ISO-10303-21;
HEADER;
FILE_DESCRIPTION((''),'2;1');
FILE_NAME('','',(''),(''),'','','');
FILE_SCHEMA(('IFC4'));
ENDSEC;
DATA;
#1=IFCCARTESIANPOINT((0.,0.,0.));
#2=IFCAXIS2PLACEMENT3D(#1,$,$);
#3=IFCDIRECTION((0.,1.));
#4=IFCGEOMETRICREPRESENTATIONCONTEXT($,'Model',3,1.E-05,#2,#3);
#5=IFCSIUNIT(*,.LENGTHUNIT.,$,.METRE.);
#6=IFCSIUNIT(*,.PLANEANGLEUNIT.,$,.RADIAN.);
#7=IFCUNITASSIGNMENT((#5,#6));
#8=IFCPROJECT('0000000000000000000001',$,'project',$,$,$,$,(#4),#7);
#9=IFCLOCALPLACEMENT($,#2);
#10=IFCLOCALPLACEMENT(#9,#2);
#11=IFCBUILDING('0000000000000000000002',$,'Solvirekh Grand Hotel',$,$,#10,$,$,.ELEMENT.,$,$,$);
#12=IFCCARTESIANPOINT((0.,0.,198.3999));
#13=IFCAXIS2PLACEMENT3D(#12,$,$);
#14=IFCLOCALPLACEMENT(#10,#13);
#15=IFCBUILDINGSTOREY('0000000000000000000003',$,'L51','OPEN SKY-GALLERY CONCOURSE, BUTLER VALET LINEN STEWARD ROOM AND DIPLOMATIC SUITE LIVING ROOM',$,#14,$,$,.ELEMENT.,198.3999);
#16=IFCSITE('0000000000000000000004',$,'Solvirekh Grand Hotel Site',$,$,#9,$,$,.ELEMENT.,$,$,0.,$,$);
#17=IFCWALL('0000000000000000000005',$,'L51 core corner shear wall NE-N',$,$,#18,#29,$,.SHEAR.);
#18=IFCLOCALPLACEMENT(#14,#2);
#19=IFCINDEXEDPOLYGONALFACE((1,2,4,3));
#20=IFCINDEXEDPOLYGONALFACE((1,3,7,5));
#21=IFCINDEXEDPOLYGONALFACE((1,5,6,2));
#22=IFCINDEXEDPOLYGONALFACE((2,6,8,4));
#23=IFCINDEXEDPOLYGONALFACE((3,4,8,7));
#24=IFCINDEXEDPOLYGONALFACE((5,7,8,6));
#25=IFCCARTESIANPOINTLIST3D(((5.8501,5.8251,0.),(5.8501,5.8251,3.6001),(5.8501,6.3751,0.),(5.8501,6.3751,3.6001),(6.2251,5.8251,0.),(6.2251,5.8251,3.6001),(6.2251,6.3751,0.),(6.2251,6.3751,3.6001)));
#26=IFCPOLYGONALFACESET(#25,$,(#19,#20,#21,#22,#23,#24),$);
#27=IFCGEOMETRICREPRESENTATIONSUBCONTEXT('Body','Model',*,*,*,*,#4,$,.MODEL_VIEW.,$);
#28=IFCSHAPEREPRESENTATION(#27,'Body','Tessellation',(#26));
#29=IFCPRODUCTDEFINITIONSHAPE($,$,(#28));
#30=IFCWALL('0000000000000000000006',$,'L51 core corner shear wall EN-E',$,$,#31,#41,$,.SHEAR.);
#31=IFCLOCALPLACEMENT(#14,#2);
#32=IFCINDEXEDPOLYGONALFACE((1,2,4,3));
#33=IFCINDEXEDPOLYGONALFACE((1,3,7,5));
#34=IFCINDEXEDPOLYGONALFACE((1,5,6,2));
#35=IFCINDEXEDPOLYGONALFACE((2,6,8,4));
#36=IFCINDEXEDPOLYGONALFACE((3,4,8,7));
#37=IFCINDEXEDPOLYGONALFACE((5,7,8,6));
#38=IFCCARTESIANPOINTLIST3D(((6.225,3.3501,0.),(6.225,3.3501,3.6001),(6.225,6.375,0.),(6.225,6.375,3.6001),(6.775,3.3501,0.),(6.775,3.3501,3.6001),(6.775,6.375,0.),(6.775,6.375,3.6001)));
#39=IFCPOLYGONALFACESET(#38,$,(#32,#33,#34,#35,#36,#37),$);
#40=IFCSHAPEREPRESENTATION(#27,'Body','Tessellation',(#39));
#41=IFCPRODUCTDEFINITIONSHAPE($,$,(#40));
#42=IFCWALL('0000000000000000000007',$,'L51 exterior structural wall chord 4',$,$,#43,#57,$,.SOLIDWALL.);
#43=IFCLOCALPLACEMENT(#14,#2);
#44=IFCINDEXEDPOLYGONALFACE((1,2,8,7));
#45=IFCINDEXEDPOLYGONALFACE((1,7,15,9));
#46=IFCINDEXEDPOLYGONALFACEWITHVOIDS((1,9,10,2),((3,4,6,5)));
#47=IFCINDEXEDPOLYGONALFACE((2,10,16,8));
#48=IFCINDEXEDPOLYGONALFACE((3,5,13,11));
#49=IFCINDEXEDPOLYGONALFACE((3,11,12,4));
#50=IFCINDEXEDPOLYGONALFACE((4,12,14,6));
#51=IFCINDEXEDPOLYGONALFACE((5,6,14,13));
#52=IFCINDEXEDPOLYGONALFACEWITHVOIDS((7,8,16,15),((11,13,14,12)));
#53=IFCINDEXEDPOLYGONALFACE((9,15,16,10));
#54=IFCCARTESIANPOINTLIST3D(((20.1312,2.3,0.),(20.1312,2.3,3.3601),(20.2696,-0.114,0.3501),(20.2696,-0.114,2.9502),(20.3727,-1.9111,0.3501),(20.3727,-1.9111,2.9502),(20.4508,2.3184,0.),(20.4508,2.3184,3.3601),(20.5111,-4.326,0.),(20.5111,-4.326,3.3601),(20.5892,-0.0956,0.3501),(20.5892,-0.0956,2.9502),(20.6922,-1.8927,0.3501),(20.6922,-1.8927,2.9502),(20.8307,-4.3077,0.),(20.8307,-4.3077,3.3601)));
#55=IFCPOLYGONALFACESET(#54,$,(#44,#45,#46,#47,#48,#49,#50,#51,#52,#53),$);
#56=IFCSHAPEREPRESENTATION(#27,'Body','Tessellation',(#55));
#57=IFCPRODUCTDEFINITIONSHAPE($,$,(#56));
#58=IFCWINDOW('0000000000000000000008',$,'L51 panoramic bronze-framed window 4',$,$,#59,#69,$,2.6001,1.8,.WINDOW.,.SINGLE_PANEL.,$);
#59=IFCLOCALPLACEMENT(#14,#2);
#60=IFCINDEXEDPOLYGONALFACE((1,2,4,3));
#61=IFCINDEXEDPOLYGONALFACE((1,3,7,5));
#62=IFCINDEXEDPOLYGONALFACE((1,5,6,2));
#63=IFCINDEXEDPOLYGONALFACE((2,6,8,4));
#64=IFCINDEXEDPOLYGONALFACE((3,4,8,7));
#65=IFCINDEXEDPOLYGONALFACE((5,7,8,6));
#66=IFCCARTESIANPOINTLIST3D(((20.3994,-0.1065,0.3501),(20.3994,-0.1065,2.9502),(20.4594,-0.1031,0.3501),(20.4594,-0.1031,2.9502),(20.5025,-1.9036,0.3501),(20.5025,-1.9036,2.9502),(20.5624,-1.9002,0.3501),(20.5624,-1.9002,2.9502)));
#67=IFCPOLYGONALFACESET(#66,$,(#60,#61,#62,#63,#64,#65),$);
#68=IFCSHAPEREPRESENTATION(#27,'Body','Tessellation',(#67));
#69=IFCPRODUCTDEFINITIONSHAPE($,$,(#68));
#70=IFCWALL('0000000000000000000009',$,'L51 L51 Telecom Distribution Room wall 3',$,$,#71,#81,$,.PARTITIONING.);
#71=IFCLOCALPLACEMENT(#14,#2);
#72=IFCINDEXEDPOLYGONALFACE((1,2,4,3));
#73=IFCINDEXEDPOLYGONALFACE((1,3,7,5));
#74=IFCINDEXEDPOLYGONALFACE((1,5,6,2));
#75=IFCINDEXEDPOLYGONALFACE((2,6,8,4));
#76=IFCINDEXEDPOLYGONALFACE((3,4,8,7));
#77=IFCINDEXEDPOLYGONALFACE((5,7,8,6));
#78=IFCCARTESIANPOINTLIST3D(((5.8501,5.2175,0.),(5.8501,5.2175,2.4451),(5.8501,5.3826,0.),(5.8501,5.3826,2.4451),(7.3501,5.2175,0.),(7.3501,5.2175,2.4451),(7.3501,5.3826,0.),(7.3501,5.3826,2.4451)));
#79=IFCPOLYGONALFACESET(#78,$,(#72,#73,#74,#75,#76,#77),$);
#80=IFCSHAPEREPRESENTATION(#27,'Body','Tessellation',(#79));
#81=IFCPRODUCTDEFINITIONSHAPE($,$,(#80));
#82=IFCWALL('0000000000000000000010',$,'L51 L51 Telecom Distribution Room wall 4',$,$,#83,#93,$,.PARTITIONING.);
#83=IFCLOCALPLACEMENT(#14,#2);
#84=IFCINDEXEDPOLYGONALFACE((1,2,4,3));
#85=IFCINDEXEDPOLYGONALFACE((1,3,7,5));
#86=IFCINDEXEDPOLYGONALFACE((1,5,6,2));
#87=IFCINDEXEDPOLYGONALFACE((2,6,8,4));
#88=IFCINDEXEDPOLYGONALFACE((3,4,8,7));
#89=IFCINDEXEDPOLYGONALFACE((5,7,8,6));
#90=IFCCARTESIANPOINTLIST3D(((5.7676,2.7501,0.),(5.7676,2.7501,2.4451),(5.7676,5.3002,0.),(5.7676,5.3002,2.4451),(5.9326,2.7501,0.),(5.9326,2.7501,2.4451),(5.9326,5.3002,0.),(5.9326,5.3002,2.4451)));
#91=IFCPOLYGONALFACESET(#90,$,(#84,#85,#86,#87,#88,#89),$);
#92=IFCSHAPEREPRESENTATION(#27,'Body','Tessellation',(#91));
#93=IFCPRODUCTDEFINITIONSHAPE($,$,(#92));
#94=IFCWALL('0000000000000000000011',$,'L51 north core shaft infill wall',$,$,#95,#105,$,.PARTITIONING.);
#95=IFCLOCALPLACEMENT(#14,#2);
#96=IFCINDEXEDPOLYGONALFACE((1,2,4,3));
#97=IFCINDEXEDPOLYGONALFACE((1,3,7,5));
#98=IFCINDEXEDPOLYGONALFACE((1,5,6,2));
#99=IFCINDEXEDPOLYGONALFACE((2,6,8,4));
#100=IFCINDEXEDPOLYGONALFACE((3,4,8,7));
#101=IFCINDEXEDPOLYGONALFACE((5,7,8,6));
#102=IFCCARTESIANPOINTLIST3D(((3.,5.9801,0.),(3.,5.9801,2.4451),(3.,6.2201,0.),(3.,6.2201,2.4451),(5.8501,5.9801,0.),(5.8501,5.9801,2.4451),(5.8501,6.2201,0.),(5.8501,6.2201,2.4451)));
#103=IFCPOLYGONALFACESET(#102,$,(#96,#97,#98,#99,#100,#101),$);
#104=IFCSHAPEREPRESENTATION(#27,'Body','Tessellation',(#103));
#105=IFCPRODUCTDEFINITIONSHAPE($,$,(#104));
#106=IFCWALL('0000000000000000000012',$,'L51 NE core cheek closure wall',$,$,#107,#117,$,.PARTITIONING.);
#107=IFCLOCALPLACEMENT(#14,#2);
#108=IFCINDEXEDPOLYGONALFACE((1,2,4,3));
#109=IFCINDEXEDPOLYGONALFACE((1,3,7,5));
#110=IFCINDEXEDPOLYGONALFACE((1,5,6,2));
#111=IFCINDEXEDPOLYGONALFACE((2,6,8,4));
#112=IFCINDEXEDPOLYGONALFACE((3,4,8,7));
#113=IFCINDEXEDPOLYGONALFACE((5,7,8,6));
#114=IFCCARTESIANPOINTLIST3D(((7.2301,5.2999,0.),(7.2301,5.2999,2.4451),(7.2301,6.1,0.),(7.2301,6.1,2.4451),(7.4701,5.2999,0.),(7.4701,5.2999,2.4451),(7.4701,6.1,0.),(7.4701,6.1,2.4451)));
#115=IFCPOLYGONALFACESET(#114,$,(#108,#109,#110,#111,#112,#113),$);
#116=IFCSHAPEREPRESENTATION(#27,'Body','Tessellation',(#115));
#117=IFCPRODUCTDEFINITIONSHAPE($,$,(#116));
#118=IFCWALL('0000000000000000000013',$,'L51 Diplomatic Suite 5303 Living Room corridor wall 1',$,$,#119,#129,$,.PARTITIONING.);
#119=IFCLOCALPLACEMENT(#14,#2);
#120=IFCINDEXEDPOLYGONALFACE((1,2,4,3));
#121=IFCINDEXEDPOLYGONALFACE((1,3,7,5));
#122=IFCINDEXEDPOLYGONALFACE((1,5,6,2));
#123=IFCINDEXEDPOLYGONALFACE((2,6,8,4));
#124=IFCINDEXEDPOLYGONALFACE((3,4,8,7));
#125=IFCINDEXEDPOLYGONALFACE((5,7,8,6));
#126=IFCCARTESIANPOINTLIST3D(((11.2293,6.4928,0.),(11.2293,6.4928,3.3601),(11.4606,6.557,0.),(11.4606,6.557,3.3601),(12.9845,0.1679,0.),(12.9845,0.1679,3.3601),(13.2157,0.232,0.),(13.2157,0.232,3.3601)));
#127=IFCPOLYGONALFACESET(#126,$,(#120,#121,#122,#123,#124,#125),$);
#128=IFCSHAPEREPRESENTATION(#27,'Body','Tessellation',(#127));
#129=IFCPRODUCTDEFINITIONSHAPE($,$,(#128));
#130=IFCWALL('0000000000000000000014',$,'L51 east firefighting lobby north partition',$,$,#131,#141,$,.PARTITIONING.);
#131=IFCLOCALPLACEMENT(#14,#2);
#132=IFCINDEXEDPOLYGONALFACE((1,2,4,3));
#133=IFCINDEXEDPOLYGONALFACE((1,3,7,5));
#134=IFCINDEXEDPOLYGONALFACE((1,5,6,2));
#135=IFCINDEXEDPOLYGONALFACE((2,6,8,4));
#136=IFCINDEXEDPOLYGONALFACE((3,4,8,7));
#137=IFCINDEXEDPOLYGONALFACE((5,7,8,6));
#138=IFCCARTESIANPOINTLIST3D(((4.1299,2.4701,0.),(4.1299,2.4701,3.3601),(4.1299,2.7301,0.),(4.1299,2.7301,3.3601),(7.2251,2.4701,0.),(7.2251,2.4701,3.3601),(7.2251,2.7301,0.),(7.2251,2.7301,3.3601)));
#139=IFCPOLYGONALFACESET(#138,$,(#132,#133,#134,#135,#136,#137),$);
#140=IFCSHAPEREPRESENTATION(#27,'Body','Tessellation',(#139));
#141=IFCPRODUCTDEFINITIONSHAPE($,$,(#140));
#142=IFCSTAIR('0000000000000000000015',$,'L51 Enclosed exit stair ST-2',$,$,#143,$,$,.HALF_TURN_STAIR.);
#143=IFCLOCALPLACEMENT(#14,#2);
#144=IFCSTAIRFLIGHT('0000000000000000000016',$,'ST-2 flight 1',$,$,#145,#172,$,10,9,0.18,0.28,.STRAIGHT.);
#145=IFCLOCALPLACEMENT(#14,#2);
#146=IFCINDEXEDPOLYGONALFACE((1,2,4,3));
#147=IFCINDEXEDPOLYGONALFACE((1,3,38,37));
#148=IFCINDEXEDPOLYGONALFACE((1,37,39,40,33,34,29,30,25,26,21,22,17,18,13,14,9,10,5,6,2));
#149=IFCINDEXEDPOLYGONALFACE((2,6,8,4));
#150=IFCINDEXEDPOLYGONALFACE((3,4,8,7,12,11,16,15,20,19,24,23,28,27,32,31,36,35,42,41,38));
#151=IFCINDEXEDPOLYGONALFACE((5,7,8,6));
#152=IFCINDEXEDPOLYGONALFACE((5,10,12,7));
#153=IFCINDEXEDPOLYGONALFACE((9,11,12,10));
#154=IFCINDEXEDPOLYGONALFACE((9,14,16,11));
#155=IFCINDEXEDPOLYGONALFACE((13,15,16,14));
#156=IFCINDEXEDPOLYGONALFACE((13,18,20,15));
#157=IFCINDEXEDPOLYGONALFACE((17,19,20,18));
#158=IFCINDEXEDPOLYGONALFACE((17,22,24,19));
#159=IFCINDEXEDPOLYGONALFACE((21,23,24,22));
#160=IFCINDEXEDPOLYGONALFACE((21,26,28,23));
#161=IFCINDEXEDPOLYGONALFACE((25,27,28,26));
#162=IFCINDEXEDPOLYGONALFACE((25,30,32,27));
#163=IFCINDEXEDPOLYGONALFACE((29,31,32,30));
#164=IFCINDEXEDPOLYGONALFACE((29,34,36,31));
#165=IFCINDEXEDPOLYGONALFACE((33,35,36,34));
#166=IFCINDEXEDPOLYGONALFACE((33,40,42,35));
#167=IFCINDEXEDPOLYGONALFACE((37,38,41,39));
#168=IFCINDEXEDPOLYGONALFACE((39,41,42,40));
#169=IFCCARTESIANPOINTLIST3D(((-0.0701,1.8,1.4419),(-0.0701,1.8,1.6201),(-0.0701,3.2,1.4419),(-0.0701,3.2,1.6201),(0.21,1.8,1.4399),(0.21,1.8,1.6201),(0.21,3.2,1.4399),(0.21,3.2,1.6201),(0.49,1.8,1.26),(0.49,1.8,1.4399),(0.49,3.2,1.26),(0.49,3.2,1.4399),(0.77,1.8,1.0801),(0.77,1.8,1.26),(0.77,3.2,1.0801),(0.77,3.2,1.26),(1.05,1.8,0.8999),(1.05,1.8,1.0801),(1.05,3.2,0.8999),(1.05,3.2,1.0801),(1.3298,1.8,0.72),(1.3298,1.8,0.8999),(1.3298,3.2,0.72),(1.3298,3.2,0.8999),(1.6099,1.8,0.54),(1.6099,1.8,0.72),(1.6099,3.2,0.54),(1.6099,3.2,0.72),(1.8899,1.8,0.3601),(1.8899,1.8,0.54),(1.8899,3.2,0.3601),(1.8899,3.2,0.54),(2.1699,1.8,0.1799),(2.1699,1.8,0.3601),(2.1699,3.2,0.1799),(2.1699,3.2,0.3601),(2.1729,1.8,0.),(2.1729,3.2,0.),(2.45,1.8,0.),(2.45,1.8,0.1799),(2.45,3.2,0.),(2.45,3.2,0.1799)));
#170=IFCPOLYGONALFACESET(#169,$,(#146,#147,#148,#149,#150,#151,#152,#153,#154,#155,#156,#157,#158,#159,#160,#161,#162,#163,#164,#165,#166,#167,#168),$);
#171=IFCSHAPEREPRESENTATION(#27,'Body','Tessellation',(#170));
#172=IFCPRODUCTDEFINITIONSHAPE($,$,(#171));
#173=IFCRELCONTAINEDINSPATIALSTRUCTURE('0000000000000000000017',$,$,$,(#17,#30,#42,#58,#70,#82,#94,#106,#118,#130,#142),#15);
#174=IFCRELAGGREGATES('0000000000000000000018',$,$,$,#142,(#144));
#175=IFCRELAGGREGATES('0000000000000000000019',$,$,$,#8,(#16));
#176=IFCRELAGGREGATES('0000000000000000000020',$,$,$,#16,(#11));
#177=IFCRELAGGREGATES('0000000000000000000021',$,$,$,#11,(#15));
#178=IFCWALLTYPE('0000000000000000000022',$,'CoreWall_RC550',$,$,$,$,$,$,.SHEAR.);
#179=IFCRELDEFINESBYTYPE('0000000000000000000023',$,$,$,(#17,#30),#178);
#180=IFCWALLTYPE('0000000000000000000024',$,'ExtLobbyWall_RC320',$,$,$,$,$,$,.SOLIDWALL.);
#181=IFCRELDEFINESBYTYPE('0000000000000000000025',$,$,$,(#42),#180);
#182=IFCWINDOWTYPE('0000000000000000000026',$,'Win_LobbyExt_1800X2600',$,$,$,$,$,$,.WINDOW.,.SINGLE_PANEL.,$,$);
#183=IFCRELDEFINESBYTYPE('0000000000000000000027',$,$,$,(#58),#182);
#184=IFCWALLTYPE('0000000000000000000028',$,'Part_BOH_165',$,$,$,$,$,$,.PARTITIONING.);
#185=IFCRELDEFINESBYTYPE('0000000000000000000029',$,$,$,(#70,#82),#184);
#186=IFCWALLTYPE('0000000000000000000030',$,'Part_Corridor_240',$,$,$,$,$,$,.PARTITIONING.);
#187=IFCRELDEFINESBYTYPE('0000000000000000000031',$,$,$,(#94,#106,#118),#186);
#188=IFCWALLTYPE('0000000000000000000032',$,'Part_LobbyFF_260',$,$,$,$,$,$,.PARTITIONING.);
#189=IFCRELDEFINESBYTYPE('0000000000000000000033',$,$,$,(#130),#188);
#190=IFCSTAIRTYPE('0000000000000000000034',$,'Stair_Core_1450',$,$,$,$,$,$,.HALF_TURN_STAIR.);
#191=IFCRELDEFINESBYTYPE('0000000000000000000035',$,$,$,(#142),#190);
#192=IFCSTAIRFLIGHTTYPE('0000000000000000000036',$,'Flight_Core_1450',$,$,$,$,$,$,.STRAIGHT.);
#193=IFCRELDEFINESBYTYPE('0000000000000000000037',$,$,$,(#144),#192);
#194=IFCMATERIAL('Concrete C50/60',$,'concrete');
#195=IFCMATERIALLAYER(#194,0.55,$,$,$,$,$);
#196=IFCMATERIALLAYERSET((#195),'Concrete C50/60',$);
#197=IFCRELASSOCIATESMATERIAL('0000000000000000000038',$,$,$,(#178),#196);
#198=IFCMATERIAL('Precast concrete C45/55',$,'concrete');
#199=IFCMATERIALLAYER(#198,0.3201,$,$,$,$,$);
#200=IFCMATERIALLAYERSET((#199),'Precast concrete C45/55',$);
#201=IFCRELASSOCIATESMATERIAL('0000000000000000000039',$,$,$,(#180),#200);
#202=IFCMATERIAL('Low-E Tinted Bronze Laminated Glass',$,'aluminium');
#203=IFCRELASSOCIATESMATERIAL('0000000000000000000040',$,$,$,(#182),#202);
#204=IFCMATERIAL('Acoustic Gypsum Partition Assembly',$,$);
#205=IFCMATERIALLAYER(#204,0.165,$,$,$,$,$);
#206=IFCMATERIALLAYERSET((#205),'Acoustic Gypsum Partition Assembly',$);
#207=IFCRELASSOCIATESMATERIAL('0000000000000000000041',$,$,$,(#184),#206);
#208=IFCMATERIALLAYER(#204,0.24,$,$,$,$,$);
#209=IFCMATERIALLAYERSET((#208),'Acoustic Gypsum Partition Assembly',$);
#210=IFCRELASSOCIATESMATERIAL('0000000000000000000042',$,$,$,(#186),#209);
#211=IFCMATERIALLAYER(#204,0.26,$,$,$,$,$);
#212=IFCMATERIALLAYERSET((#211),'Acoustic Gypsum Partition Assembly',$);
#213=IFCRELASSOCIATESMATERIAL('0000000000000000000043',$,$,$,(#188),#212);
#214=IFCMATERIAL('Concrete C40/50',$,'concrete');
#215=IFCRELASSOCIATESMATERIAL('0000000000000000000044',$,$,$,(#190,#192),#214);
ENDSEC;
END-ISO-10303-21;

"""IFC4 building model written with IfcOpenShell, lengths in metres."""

from ifc_helpers import new_model, si_unit, direction, frame, frame_2d, origin, place, context, subcontext, project, spatial, polyline, rectangle, outline, extrude, material, layer, layer_set, type_object, element, fill, aggregate, save


model = new_model("IFC4")

# Units and contexts
model_context = context("Model", 3, precision=1e-05, world=origin(), true_north=direction((0.0, 1.0)))
body_context = subcontext(model_context, "Body", "Model", "MODEL_VIEW")
ifc_project = project(units=[si_unit("LENGTHUNIT", "METRE"), si_unit("PLANEANGLEUNIT", "RADIAN")], contexts=[model_context])

# Site, building, storey
site_placement = place(None, origin())
site = spatial("IfcSite", under=ifc_project, at=site_placement, Name="Solvirekh Grand Hotel Site", CompositionType="ELEMENT", RefElevation=0.0)
building_placement = place(site_placement, origin())
building = spatial("IfcBuilding", under=site, at=building_placement, Name="Solvirekh Grand Hotel", CompositionType="ELEMENT")
storey_placement = place(building_placement, frame((0.0, 0.0, 198.3999)))
storey = spatial("IfcBuildingStorey", under=building, at=storey_placement, Name="L51", Description="OPEN SKY-GALLERY CONCOURSE, BUTLER VALET LINEN STEWARD ROOM AND DIPLOMATIC SUITE LIVING ROOM", CompositionType="ELEMENT", Elevation=198.3999)

# Shared definitions
ifc_material_1 = material(Name="Concrete C50/60", Category="concrete")

# Shared definitions
ifc_material_2 = material(Name="Low-E Tinted Bronze Laminated Glass", Category="aluminium")

# Shared definitions
ifc_material_3 = material(Name="Concrete C40/50", Category="concrete")

# Walls
ifc_layer_1 = layer(ifc_material_1, 0.55)
ifc_layer_set_1 = layer_set([ifc_layer_1], Name="Concrete C50/60")
wall_type_1 = type_object("IfcWallType", Name="CoreWall_RC550", PredefinedType="SHEAR", material=ifc_layer_set_1)
wall_1_placement = place(storey_placement, frame((5.8501, 6.1001, 0.0), z_axis=(0.0, 0.0, 1.0), x_axis=(1.0, 0.0, 0.0)))
element("IfcWall", 1, at=wall_1_placement, inside=storey, type_object=wall_type_1, Name="L51 core corner shear wall NE-N", PredefinedType="SHEAR", context=body_context, shape_type="SweptSolid", body=[
    extrude(rectangle(XDim=0.375, YDim=0.55, at=frame_2d((0.1875, 0.0))), origin(), (0.0, 0.0, 1.0), 3.6001),
])
wall_2_placement = place(storey_placement, frame((6.5, 3.3501, 0.0), z_axis=(0.0, 0.0, 1.0), x_axis=(0.0, 1.0, 0.0)))
element("IfcWall", 2, at=wall_2_placement, inside=storey, type_object=wall_type_1, Name="L51 core corner shear wall EN-E", PredefinedType="SHEAR", context=body_context, shape_type="SweptSolid", body=[
    extrude(rectangle(XDim=3.0249, YDim=0.55, at=frame_2d((1.5125, 0.0))), origin(), (0.0, 0.0, 1.0), 3.6001),
])

# Wall, opening, window
ifc_material_4 = material(Name="Precast concrete C45/55", Category="concrete")
ifc_layer_2 = layer(ifc_material_4, 0.3201)
ifc_layer_set_2 = layer_set([ifc_layer_2], Name="Precast concrete C45/55")
wall_type_2 = type_object("IfcWallType", Name="ExtLobbyWall_RC320", PredefinedType="SOLIDWALL", material=ifc_layer_set_2)
wall_3_placement = place(storey_placement, frame((20.291, 2.3091, 0.0), z_axis=(0.0, 0.0, 1.0), x_axis=(0.057238, -0.998361, 0.0)))
wall_3 = element("IfcWall", 3, at=wall_3_placement, inside=storey, type_object=wall_type_2, Name="L51 exterior structural wall chord 4", PredefinedType="SOLIDWALL", context=body_context, shape_type="SweptSolid", body=[
    extrude(rectangle(XDim=6.637, YDim=0.3201, at=frame_2d((3.3184, 0.0))), origin(), (0.0, 0.0, 1.0), 3.3601),
])
opening_1_placement = place(wall_3_placement, frame((2.418, 0.0, 0.3501)))
opening_1 = element("IfcOpeningElement", 4, at=opening_1_placement, cuts=wall_3, PredefinedType="OPENING", context=body_context, shape_type="SweptSolid", body=[
    extrude(rectangle(XDim=1.8, YDim=2.6001, at=frame_2d((0.8999, 1.3))), frame((0.0, 0.1699, 0.0), z_axis=(0.0, -1.0, 0.0), x_axis=(1.0, 0.0, 0.0)), (0.0, 0.0, 1.0), 0.3401),
])
window_type = type_object("IfcWindowType", Name="Win_LobbyExt_1800X2600", PartitioningType="SINGLE_PANEL", PredefinedType="WINDOW", material=ifc_material_2)
window_placement = place(opening_1_placement, origin())
window = element("IfcWindow", 5, at=window_placement, inside=storey, type_object=window_type, Name="L51 panoramic bronze-framed window 4", OverallHeight=2.6001, OverallWidth=1.8, PartitioningType="SINGLE_PANEL", PredefinedType="WINDOW", context=body_context, shape_type="SweptSolid", body=[
    extrude(rectangle(XDim=1.8, YDim=2.6001, at=frame_2d((0.8999, 1.3))), frame((0.0, 0.03, 0.0), z_axis=(0.0, -1.0, 0.0), x_axis=(1.0, 0.0, 0.0)), (0.0, 0.0, 1.0), 0.0601),
])
fill(opening_1, window)

# Shared definitions
ifc_material_5 = material(Name="Acoustic Gypsum Partition Assembly")
ifc_layer_3 = layer(ifc_material_5, 0.165)
ifc_layer_set_3 = layer_set([ifc_layer_3], Name="Acoustic Gypsum Partition Assembly")
wall_type_3 = type_object("IfcWallType", Name="Part_BOH_165", PredefinedType="PARTITIONING", material=ifc_layer_set_3)

# Walls
wall_4_placement = place(storey_placement, frame((7.3501, 5.3, 0.0), z_axis=(0.0, 0.0, 1.0), x_axis=(-1.0, 0.0, 0.0)))
element("IfcWall", 6, at=wall_4_placement, inside=storey, type_object=wall_type_3, Name="L51 L51 Telecom Distribution Room wall 3", PredefinedType="PARTITIONING", context=body_context, shape_type="SweptSolid", body=[
    extrude(rectangle(XDim=1.5, YDim=0.165, at=frame_2d((0.75, 0.0))), origin(), (0.0, 0.0, 1.0), 2.4451),
])
wall_5_placement = place(storey_placement, frame((5.8501, 5.3, 0.0), z_axis=(0.0, 0.0, 1.0), x_axis=(0.0, -1.0, 0.0)))
element("IfcWall", 7, at=wall_5_placement, inside=storey, type_object=wall_type_3, Name="L51 L51 Telecom Distribution Room wall 4", PredefinedType="PARTITIONING", context=body_context, shape_type="SweptSolid", body=[
    extrude(rectangle(XDim=2.55, YDim=0.165, at=frame_2d((1.2749, 0.0))), origin(), (0.0, 0.0, 1.0), 2.4451),
])
ifc_layer_4 = layer(ifc_material_5, 0.24)
ifc_layer_set_4 = layer_set([ifc_layer_4], Name="Acoustic Gypsum Partition Assembly")
wall_type_4 = type_object("IfcWallType", Name="Part_Corridor_240", PredefinedType="PARTITIONING", material=ifc_layer_set_4)
wall_6_placement = place(storey_placement, frame((3.0, 6.1001, 0.0), z_axis=(0.0, 0.0, 1.0), x_axis=(1.0, 0.0, 0.0)))
element("IfcWall", 8, at=wall_6_placement, inside=storey, type_object=wall_type_4, Name="L51 north core shaft infill wall", PredefinedType="PARTITIONING", context=body_context, shape_type="SweptSolid", body=[
    extrude(rectangle(XDim=2.8501, YDim=0.24, at=frame_2d((1.425, 0.0))), origin(), (0.0, 0.0, 1.0), 2.4451),
])
wall_7_placement = place(storey_placement, frame((7.3501, 5.3, 0.0), z_axis=(0.0, 0.0, 1.0), x_axis=(0.0, 1.0, 0.0)))
element("IfcWall", 9, at=wall_7_placement, inside=storey, type_object=wall_type_4, Name="L51 NE core cheek closure wall", PredefinedType="PARTITIONING", context=body_context, shape_type="SweptSolid", body=[
    extrude(rectangle(XDim=0.8, YDim=0.24, at=frame_2d((0.3999, 0.0))), origin(), (0.0, 0.0, 1.0), 2.4451),
])
wall_8_placement = place(storey_placement, frame((13.1001, 0.2, 0.0), z_axis=(0.0, 0.0, 1.0), x_axis=(-0.267389, 0.963589, 0.0)))
element("IfcWall", 10, at=wall_8_placement, inside=storey, type_object=wall_type_4, Name="L51 Diplomatic Suite 5303 Living Room corridor wall 1", PredefinedType="PARTITIONING", context=body_context, shape_type="SweptSolid", body=[
    extrude(rectangle(XDim=6.564, YDim=0.24, at=frame_2d((3.282, 0.0))), origin(), (0.0, 0.0, 1.0), 3.3601),
])
ifc_layer_5 = layer(ifc_material_5, 0.26)
ifc_layer_set_5 = layer_set([ifc_layer_5], Name="Acoustic Gypsum Partition Assembly")
wall_type_5 = type_object("IfcWallType", Name="Part_LobbyFF_260", PredefinedType="PARTITIONING", material=ifc_layer_set_5)
wall_9_placement = place(storey_placement, frame((4.1299, 2.6001, 0.0), z_axis=(0.0, 0.0, 1.0), x_axis=(1.0, 0.0, 0.0)))
element("IfcWall", 11, at=wall_9_placement, inside=storey, type_object=wall_type_5, Name="L51 east firefighting lobby north partition", PredefinedType="PARTITIONING", context=body_context, shape_type="SweptSolid", body=[
    extrude(rectangle(XDim=3.0952, YDim=0.26, at=frame_2d((1.5476, 0.0))), origin(), (0.0, 0.0, 1.0), 3.3601),
])

# Stair, stair flight
stair_type = type_object("IfcStairType", Name="Stair_Core_1450", PredefinedType="HALF_TURN_STAIR", material=ifc_material_3)
stair_placement = place(storey_placement, origin())
stair = element("IfcStair", 12, at=stair_placement, inside=storey, type_object=stair_type, Name="L51 Enclosed exit stair ST-2", PredefinedType="HALF_TURN_STAIR")
stair_flight_type = type_object("IfcStairFlightType", Name="Flight_Core_1450", PredefinedType="STRAIGHT", material=ifc_material_3)
stair_flight_placement = place(storey_placement, frame((2.45, 2.5, 0.0), z_axis=(0.0, 0.0, 1.0), x_axis=(-1.0, 0.0, 0.0)))
stair_flight = element("IfcStairFlight", 13, at=stair_flight_placement, type_object=stair_flight_type, Name="ST-2 flight 1", NumberOfRisers=10, NumberOfTreads=9, PredefinedType="STRAIGHT", RiserHeight=0.18, TreadLength=0.28, context=body_context, shape_type="SweptSolid", body=[
    extrude(outline(polyline([(0.0, 0.0), (0.0, 0.1799), (0.28, 0.1799), (0.28, 0.3601), (0.5601, 0.3601), (0.5601, 0.54), (0.8401, 0.54), (0.8401, 0.72), (1.1201, 0.72), (1.1201, 0.8999), (1.3999, 0.8999), (1.3999, 1.0801), (1.6799, 1.0801), (1.6799, 1.26), (1.96, 1.26), (1.96, 1.4399), (2.24, 1.4399), (2.24, 1.6201), (2.52, 1.6201), (2.52, 1.8), (2.52, 1.4419), (0.2771, 0.0), (0.0, 0.0)])), frame((0.0, 0.7, 0.0), z_axis=(0.0, -1.0, 0.0), x_axis=(1.0, 0.0, 0.0)), (0.0, 0.0, 1.0), 1.3999),
])
aggregate(stair, [stair_flight])

save(model, "model.ifc")
